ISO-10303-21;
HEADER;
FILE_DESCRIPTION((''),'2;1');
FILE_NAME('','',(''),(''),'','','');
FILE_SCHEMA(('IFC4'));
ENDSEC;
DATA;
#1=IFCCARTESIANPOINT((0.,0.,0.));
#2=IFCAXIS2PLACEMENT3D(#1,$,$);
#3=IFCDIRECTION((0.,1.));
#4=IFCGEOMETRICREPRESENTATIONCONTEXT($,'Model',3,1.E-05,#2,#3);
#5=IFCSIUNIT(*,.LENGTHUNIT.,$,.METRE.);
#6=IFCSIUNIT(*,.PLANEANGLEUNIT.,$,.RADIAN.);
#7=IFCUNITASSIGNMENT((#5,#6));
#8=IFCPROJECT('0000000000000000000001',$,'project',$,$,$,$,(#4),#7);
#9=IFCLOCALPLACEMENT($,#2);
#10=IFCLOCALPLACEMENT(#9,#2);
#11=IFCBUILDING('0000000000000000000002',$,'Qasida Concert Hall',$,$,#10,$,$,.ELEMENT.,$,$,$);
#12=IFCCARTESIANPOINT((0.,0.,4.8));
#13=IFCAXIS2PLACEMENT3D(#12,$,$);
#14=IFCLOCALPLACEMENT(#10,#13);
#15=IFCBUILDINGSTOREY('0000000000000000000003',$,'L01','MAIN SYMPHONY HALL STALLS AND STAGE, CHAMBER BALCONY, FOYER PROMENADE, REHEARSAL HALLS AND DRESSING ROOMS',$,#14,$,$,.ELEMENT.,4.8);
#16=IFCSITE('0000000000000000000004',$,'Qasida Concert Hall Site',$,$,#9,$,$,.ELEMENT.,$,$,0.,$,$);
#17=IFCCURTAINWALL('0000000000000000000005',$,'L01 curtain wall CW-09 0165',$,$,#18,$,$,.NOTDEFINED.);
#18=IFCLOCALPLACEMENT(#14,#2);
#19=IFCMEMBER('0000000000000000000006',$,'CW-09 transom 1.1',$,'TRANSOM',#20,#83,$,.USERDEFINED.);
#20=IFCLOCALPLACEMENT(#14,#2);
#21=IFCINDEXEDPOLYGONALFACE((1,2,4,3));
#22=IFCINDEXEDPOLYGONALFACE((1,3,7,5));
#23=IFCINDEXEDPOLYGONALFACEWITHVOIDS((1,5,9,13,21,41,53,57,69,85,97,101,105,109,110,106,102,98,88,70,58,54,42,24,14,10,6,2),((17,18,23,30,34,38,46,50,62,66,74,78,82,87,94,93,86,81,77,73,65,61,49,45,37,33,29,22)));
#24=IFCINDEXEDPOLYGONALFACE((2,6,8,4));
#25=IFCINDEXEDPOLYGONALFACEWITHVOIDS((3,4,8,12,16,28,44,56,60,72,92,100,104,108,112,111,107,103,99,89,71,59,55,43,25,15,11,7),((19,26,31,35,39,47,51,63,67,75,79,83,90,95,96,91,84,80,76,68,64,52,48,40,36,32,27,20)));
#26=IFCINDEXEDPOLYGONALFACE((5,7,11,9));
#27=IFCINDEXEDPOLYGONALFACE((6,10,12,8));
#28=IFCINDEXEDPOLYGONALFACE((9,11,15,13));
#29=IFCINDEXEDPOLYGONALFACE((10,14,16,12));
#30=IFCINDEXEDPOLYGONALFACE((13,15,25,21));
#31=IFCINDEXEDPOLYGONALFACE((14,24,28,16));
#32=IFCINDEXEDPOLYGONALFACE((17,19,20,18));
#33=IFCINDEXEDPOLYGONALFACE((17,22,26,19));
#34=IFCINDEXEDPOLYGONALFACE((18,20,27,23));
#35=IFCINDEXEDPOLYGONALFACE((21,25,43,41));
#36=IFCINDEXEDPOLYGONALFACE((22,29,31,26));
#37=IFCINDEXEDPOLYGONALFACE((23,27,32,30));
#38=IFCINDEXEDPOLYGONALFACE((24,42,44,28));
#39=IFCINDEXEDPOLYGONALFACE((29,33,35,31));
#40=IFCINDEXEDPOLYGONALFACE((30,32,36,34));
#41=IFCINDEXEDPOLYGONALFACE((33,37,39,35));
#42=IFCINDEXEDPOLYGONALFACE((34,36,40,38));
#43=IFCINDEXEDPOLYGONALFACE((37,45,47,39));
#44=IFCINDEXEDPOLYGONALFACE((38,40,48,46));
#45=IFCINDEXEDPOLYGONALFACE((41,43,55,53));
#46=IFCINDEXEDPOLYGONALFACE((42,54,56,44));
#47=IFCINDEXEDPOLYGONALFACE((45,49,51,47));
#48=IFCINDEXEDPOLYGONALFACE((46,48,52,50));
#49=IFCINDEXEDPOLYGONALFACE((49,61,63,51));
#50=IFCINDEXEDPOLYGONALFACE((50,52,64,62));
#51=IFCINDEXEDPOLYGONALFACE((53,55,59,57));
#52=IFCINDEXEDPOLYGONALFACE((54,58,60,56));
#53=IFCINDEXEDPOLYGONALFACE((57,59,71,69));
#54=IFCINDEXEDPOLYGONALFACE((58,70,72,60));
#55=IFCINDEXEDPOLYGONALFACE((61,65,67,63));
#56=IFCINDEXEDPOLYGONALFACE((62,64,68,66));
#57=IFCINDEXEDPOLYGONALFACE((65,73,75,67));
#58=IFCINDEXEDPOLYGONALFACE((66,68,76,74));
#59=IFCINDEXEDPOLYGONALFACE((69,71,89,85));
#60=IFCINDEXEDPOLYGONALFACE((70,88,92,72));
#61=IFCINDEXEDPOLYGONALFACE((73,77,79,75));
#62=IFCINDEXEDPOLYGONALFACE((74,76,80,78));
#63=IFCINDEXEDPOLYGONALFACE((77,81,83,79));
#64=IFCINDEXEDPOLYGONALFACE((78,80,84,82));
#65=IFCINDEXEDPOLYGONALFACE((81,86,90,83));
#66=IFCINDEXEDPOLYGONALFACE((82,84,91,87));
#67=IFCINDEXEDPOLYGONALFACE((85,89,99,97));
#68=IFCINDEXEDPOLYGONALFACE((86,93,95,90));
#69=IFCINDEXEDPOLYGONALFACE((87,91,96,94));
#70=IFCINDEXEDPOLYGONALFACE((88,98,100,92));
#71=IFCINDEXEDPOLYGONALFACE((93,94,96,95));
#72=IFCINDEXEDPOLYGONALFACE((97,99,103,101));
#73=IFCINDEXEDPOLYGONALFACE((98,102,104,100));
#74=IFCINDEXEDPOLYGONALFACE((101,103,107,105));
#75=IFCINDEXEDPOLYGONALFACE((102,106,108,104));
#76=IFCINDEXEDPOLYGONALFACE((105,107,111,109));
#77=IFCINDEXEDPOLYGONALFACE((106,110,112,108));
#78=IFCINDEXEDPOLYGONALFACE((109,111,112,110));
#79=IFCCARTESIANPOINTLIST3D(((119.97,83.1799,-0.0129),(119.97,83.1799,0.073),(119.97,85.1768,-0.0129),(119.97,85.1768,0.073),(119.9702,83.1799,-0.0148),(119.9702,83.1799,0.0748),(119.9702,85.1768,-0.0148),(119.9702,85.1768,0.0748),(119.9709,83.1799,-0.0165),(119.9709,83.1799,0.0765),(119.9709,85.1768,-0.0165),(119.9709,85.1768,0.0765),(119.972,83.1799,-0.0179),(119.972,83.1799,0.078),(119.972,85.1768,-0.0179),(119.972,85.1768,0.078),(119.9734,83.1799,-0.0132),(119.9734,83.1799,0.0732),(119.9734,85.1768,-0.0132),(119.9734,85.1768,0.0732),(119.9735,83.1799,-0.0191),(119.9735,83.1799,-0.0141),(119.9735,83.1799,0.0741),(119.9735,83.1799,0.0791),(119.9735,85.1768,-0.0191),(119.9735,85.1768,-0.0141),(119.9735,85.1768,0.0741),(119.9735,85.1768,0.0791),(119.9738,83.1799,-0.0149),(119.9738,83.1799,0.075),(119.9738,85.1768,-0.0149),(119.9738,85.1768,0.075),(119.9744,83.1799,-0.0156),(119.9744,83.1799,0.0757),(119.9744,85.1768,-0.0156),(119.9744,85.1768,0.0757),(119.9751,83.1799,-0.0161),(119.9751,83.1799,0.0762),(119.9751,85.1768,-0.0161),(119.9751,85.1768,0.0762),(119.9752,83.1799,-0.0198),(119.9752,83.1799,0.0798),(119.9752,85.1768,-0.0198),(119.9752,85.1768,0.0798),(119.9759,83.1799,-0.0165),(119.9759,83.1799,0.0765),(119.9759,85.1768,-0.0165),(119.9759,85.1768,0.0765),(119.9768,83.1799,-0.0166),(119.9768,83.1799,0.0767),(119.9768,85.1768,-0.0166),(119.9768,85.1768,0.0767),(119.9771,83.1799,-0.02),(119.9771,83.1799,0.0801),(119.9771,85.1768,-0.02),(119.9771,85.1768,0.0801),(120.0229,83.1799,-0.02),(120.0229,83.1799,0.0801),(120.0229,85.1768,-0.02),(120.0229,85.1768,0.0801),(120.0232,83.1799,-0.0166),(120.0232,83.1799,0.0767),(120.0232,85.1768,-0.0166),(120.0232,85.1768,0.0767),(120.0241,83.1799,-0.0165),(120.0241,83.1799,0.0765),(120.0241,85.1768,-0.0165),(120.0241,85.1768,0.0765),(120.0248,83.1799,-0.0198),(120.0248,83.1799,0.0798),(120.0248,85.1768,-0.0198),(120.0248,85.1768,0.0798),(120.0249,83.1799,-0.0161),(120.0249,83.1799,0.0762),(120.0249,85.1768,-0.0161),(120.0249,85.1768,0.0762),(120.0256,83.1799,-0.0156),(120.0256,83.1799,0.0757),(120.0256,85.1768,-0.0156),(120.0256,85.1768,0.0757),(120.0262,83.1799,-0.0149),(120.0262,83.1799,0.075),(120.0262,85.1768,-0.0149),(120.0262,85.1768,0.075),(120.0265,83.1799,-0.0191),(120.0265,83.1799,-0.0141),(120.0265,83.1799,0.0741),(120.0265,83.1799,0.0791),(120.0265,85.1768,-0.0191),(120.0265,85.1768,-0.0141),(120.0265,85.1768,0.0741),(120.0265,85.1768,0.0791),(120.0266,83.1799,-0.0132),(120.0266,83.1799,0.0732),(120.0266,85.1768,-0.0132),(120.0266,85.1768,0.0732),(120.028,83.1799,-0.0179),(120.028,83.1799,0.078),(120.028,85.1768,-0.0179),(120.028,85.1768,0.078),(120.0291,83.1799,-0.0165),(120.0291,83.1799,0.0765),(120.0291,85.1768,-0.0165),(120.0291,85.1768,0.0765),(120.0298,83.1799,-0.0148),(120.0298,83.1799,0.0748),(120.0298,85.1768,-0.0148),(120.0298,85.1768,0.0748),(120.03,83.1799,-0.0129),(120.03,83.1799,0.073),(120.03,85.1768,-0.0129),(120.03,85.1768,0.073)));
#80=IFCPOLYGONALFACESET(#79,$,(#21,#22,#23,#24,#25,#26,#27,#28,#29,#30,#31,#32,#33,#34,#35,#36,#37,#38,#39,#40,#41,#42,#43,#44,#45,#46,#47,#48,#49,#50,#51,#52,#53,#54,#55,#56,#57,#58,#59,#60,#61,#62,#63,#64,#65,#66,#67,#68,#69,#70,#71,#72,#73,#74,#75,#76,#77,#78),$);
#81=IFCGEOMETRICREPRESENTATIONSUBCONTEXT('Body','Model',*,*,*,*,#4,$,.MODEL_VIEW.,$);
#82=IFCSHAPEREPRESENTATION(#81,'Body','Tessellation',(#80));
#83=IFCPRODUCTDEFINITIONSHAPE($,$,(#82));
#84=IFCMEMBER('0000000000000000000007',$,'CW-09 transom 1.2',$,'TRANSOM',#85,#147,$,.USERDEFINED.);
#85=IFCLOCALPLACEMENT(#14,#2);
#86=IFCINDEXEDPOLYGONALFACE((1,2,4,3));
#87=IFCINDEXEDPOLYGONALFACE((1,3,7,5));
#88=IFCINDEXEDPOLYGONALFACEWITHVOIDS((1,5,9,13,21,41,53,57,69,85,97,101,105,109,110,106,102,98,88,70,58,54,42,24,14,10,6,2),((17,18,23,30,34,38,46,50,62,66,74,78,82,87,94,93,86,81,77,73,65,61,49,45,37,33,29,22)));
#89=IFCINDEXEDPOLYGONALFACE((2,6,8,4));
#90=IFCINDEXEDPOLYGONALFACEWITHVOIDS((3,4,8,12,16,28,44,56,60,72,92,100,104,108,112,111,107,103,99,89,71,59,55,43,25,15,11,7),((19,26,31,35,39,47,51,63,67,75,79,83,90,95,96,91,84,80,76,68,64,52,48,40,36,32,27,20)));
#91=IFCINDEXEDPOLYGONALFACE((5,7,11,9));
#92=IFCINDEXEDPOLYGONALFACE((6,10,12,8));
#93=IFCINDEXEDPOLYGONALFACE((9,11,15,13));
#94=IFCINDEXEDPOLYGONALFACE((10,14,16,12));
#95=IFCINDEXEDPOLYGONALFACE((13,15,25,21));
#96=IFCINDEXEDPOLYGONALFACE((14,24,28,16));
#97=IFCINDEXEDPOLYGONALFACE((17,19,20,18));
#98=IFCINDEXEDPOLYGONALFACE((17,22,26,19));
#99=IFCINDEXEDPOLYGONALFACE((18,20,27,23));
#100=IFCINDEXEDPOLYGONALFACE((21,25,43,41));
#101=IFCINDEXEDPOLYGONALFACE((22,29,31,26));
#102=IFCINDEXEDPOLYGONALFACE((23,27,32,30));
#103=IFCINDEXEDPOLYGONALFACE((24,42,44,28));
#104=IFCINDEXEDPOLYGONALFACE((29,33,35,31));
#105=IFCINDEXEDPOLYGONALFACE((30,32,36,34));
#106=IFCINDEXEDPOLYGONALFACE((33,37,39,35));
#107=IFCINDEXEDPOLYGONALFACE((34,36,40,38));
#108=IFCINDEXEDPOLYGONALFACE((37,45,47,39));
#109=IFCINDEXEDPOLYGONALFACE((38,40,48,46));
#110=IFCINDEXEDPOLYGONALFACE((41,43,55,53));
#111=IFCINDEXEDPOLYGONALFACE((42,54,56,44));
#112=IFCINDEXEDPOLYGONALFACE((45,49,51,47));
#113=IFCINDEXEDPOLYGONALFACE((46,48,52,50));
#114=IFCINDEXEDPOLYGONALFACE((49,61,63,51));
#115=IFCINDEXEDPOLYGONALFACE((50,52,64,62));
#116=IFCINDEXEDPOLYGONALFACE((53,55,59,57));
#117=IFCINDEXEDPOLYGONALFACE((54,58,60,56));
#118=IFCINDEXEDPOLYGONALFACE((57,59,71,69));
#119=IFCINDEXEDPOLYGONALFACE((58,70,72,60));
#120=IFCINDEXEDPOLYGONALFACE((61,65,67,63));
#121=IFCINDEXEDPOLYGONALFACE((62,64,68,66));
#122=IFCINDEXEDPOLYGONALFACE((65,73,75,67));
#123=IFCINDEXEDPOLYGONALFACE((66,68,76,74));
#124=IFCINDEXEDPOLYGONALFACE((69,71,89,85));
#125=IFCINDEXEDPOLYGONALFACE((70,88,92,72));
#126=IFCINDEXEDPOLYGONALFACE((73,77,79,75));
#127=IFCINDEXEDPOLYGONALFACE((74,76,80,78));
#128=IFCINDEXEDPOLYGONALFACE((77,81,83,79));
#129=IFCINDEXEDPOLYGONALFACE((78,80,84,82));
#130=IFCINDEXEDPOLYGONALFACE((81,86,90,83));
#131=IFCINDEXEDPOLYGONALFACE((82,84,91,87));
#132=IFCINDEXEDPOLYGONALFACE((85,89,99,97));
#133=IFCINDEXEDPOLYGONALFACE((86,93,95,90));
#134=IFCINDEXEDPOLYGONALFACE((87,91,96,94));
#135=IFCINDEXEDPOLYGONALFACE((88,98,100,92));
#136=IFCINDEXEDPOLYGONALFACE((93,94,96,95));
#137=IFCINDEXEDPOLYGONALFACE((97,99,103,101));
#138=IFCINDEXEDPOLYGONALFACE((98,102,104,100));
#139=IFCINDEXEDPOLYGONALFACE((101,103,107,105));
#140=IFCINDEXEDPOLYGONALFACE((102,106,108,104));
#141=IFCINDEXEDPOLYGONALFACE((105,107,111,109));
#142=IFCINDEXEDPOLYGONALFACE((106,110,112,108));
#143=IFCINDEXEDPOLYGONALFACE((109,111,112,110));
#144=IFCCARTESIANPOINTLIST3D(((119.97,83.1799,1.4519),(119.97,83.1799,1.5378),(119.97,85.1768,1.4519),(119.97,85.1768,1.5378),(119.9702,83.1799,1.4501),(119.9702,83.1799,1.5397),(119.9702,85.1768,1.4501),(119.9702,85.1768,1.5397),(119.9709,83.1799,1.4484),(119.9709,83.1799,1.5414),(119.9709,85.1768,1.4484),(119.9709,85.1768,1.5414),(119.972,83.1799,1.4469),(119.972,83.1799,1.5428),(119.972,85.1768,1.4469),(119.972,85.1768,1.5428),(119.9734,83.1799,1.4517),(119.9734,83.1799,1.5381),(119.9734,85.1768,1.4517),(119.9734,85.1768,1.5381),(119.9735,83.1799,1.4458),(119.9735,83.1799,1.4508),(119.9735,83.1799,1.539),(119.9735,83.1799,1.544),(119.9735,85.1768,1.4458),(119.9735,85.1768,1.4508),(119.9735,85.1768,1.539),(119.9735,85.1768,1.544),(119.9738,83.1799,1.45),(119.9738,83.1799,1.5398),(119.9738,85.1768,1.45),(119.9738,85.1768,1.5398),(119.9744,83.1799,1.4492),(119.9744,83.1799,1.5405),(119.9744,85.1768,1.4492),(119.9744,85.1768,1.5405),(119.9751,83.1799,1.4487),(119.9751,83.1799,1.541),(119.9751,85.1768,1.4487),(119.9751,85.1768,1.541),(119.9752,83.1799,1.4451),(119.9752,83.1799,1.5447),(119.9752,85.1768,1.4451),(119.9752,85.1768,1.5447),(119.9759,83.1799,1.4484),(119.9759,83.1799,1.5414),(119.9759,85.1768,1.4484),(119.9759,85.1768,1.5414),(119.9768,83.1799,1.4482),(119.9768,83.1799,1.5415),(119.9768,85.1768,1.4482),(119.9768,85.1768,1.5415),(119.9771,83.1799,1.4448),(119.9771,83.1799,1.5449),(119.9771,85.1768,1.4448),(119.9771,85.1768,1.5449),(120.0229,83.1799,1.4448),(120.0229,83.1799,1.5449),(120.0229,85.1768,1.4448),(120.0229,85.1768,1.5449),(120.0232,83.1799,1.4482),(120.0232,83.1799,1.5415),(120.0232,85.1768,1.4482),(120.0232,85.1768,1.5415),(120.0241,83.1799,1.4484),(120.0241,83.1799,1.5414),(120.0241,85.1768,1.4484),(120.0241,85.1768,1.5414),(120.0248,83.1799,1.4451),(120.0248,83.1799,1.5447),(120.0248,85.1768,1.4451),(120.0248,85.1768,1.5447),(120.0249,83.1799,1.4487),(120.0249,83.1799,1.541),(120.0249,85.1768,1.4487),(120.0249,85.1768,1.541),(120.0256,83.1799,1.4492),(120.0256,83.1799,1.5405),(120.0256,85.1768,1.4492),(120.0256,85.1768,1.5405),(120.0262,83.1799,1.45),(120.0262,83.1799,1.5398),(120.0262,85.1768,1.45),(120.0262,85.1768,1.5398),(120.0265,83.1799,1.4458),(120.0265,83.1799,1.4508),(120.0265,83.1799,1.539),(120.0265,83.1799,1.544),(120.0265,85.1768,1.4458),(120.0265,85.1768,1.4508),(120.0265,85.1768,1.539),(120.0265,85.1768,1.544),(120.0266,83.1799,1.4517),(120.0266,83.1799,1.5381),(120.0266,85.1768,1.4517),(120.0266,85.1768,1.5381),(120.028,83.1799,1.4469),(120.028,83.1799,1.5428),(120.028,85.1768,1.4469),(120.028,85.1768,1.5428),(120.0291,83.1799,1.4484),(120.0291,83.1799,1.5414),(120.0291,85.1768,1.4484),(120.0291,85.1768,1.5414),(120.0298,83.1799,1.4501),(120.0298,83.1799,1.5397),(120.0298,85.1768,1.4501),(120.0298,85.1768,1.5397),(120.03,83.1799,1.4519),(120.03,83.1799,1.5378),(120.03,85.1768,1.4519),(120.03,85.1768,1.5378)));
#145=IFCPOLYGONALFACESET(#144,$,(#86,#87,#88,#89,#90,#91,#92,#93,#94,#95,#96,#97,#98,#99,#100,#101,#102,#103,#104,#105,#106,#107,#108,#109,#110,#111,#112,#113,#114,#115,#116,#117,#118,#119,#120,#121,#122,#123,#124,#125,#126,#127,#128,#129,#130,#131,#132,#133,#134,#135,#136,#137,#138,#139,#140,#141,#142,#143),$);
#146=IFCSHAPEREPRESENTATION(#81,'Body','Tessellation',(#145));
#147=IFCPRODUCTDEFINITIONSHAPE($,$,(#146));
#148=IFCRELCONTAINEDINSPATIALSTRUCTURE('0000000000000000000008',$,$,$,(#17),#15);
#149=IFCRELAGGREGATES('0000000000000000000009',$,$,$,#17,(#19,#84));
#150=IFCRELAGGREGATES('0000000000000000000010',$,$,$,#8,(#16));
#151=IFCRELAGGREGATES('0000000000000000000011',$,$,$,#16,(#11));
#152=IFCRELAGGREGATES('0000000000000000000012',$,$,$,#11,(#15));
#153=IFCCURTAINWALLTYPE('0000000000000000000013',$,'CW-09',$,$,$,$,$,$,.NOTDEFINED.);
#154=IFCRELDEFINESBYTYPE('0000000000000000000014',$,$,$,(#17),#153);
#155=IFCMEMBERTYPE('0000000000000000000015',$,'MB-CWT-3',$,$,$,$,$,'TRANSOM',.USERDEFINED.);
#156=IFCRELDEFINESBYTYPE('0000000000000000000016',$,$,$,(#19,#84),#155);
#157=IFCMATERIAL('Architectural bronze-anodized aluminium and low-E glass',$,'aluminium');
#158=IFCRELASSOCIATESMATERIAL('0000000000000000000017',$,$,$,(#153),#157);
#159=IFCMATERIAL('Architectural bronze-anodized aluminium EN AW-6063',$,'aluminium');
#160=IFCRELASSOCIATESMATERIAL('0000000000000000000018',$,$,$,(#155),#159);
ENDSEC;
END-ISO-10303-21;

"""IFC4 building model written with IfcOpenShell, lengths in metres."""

from ifc_helpers import new_model, si_unit, direction, frame, origin, origin_2d, place, context, subcontext, project, spatial, hollow_rectangle, extrude, material, material_profile, profile_set, type_object, element, aggregate, save


model = new_model("IFC4")

# Units and contexts
model_context = context("Model", 3, precision=1e-05, world=origin(), true_north=direction((0.0, 1.0)))
body_context = subcontext(model_context, "Body", "Model", "MODEL_VIEW")
ifc_project = project(units=[si_unit("LENGTHUNIT", "METRE"), si_unit("PLANEANGLEUNIT", "RADIAN")], contexts=[model_context])

# Site, building, storey
site_placement = place(None, origin())
site = spatial("IfcSite", under=ifc_project, at=site_placement, Name="Qasida Concert Hall Site", CompositionType="ELEMENT", RefElevation=0.0)
building_placement = place(site_placement, origin())
building = spatial("IfcBuilding", under=site, at=building_placement, Name="Qasida Concert Hall", CompositionType="ELEMENT")
storey_placement = place(building_placement, frame((0.0, 0.0, 4.8)))
storey = spatial("IfcBuildingStorey", under=building, at=storey_placement, Name="L01", Description="MAIN SYMPHONY HALL STALLS AND STAGE, CHAMBER BALCONY, FOYER PROMENADE, REHEARSAL HALLS AND DRESSING ROOMS", CompositionType="ELEMENT", Elevation=4.8)

# Shared definitions
ifc_material_1 = material(Name="Architectural bronze-anodized aluminium and low-E glass", Category="aluminium")
ifc_material_2 = material(Name="Architectural bronze-anodized aluminium EN AW-6063", Category="aluminium")

# Curtain wall
curtain_wall_type_1 = type_object("IfcCurtainWallType", Name="CW-09", PredefinedType="NOTDEFINED", material=ifc_material_1)
curtain_wall_1_placement = place(storey_placement, origin())
curtain_wall_1 = element("IfcCurtainWall", 1, at=curtain_wall_1_placement, inside=storey, type_object=curtain_wall_type_1, Name="L01 curtain wall CW-09 0165", PredefinedType="NOTDEFINED")

# Members
ifc_material_profile_1 = material_profile(ifc_material_2, hollow_rectangle(XDim=0.0601, YDim=0.1001, WallThickness=0.0034, InnerFilletRadius=0.0034, OuterFilletRadius=0.0071, at=origin_2d()), Name="CWT 100x60x3.5")
ifc_profile_set_1 = profile_set([ifc_material_profile_1], Name="Architectural bronze-anodized aluminium EN AW-6063")
member_type_1 = type_object("IfcMemberType", Name="MB-CWT-3", ElementType="TRANSOM", PredefinedType="USERDEFINED", material=ifc_profile_set_1)
member_1_placement = place(storey_placement, frame((120.0, 83.1799, 0.03), z_axis=(0.0, 1.0, 0.0), x_axis=(-1.0, 0.0, 0.0)))
member_1 = element("IfcMember", 2, at=member_1_placement, type_object=member_type_1, Name="CW-09 transom 1.1", ObjectType="TRANSOM", PredefinedType="USERDEFINED", context=body_context, shape_type="SweptSolid", body=[
    extrude(hollow_rectangle(XDim=0.0601, YDim=0.1001, WallThickness=0.0034, InnerFilletRadius=0.0034, OuterFilletRadius=0.0071, at=origin_2d()), origin(), (0.0, 0.0, 1.0), 1.9968),
])
member_2_placement = place(storey_placement, frame((120.0, 83.1799, 1.4949), z_axis=(0.0, 1.0, 0.0), x_axis=(-1.0, 0.0, 0.0)))
member_2 = element("IfcMember", 3, at=member_2_placement, type_object=member_type_1, Name="CW-09 transom 1.2", ObjectType="TRANSOM", PredefinedType="USERDEFINED", context=body_context, shape_type="SweptSolid", body=[
    extrude(hollow_rectangle(XDim=0.0601, YDim=0.1001, WallThickness=0.0034, InnerFilletRadius=0.0034, OuterFilletRadius=0.0071, at=origin_2d()), origin(), (0.0, 0.0, 1.0), 1.9968),
])
aggregate(curtain_wall_1, [member_1, member_2])

save(model, "model.ifc")
